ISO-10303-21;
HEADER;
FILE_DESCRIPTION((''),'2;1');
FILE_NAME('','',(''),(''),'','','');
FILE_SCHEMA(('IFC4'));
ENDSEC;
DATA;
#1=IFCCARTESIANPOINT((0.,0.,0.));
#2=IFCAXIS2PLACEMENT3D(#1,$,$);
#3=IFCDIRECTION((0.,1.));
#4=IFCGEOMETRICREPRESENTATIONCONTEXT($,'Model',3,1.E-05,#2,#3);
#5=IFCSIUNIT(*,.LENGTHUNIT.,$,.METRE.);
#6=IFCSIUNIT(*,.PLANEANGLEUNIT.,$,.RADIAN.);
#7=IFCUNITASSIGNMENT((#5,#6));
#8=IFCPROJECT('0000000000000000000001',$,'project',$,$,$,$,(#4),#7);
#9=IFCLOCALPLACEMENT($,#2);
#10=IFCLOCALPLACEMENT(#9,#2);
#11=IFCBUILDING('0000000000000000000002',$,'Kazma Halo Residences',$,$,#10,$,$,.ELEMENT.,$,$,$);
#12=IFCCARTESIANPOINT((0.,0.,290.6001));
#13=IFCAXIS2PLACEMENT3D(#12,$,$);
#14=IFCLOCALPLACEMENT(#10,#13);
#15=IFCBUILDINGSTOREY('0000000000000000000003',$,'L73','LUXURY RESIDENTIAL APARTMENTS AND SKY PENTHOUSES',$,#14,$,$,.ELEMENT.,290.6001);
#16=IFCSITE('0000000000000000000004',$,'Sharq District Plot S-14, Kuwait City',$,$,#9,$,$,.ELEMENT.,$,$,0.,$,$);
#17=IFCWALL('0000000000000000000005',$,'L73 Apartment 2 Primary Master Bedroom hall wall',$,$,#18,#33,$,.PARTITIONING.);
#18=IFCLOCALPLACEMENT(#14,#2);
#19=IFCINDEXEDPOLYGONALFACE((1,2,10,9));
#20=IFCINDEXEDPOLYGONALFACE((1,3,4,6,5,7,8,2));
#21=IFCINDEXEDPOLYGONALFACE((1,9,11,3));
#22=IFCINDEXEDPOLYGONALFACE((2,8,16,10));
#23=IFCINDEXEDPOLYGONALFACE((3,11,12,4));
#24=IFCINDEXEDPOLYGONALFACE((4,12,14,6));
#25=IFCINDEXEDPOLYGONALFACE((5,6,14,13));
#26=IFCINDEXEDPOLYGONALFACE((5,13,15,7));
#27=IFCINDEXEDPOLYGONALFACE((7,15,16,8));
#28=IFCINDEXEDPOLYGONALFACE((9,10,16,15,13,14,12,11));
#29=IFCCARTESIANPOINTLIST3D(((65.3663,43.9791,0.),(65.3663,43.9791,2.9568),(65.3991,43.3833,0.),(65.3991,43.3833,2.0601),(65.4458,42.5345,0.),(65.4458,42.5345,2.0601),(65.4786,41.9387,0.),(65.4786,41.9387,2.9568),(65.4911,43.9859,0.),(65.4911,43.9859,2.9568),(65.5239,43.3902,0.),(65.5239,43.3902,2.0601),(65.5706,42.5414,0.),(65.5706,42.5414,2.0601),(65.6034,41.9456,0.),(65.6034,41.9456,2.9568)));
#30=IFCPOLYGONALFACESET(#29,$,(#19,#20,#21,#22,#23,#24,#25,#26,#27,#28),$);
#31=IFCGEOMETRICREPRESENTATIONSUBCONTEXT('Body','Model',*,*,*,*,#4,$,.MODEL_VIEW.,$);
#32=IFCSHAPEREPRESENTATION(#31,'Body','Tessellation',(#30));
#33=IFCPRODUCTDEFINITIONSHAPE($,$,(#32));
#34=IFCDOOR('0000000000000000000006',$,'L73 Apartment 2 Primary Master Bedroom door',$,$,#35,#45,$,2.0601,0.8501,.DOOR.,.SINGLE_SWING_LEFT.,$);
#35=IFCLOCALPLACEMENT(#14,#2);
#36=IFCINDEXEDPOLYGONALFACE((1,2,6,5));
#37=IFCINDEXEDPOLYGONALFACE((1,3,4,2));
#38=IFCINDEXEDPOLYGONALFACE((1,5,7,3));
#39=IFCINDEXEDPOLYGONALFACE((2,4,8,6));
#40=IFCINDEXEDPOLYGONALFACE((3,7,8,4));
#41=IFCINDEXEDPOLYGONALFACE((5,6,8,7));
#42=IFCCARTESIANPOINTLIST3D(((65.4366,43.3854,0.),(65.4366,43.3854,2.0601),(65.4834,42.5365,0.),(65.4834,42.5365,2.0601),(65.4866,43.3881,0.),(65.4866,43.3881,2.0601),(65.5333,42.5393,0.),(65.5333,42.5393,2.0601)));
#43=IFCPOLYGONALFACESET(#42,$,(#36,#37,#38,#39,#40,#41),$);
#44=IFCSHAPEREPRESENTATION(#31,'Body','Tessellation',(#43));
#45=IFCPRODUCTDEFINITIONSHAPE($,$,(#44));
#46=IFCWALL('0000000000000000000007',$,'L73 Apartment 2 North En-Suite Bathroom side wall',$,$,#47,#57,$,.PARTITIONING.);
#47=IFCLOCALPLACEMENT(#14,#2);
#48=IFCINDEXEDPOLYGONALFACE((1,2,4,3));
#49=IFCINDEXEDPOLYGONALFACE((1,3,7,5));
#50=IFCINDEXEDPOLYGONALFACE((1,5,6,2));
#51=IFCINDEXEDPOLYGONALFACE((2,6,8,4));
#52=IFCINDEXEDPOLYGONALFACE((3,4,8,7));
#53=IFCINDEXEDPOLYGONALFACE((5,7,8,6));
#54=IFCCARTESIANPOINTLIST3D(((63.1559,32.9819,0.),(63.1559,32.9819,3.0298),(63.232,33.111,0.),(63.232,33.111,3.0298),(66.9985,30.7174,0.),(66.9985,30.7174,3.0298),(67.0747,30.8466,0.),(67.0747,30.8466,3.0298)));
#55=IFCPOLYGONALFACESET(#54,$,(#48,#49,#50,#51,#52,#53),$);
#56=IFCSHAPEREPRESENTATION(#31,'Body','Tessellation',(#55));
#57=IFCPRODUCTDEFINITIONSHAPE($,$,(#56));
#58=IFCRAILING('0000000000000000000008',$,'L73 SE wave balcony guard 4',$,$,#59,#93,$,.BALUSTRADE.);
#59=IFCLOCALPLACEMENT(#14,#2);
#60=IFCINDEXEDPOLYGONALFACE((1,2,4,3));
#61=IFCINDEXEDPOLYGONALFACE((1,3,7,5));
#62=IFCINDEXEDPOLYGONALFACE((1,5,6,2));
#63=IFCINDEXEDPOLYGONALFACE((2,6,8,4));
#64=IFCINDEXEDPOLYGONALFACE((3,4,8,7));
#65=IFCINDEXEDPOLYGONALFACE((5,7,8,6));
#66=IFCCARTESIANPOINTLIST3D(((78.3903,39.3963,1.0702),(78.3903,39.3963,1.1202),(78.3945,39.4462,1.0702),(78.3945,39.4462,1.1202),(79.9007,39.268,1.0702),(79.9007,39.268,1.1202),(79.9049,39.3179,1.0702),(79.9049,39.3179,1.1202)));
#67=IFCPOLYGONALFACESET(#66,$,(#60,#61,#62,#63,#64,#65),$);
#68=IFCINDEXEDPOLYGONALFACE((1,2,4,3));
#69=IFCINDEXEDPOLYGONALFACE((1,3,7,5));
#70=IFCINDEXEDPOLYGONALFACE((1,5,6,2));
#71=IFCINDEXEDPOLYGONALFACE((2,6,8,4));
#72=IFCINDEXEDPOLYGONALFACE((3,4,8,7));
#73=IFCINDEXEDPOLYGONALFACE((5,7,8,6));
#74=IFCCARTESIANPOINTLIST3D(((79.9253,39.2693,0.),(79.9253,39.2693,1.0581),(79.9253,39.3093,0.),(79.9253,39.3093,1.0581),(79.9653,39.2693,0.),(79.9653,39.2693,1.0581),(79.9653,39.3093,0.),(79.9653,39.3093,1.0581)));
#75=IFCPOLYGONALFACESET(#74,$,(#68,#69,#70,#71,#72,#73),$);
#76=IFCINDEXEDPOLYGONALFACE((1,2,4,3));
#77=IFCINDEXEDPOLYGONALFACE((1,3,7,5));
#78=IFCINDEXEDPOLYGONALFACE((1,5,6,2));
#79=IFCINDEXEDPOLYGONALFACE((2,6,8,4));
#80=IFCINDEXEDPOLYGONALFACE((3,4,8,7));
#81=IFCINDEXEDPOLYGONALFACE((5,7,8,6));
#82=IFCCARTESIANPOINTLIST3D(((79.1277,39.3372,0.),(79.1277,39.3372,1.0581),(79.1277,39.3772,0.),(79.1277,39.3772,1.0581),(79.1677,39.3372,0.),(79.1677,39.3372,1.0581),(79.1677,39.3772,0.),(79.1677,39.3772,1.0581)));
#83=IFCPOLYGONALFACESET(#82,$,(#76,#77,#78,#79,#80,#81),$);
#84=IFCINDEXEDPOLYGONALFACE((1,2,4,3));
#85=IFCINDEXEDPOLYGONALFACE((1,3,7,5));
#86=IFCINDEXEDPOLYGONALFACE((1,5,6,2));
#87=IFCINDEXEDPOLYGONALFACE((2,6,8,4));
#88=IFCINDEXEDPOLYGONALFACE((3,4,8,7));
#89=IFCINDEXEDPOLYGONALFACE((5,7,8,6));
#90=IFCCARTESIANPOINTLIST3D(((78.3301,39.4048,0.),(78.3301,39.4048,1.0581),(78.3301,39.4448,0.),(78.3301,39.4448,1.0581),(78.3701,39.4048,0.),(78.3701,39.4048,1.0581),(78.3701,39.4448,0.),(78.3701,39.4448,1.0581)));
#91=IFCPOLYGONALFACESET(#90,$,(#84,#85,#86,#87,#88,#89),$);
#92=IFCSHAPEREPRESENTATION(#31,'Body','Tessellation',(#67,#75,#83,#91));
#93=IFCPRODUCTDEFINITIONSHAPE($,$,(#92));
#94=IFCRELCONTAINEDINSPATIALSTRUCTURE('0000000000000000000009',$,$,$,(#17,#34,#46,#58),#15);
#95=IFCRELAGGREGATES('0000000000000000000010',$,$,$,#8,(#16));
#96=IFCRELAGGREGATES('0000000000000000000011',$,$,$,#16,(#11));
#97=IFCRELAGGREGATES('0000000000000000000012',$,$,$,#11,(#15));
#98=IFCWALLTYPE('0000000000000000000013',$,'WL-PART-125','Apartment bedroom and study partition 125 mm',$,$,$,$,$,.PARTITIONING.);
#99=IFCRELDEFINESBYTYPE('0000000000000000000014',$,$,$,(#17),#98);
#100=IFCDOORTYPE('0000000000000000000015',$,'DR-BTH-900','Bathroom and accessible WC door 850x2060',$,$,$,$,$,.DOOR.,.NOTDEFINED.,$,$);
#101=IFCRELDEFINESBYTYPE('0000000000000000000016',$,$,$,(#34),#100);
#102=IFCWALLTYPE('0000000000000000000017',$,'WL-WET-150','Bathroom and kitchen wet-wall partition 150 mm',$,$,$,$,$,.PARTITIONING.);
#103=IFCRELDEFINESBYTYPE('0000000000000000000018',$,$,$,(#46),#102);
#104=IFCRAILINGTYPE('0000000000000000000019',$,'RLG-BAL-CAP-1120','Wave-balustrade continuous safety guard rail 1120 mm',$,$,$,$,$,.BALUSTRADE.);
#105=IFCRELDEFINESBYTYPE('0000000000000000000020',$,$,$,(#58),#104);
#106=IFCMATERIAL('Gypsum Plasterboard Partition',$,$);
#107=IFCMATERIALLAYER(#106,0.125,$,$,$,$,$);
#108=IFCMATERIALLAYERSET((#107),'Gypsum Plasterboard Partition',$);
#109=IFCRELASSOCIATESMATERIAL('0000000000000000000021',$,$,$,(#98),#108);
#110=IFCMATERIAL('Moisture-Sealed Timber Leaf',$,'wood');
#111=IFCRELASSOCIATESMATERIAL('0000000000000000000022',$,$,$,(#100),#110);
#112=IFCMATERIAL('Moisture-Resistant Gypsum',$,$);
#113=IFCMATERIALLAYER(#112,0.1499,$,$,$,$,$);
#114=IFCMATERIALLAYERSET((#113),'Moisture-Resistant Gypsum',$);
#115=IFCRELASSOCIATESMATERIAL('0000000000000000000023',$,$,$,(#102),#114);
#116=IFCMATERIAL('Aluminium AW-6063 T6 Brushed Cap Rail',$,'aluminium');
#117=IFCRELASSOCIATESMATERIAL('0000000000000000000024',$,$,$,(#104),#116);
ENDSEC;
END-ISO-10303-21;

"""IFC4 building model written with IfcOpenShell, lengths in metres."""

from ifc_helpers import new_model, si_unit, direction, frame, frame_2d, origin, origin_2d, place, context, subcontext, project, spatial, rectangle, extrude, material, layer, layer_set, type_object, element, fill, save


model = new_model("IFC4")

# Units and contexts
model_context = context("Model", 3, precision=1e-05, world=origin(), true_north=direction((0.0, 1.0)))
body_context = subcontext(model_context, "Body", "Model", "MODEL_VIEW")
ifc_project = project(units=[si_unit("LENGTHUNIT", "METRE"), si_unit("PLANEANGLEUNIT", "RADIAN")], contexts=[model_context])

# Site, building, storey
site_placement = place(None, origin())
site = spatial("IfcSite", under=ifc_project, at=site_placement, Name="Sharq District Plot S-14, Kuwait City", CompositionType="ELEMENT", RefElevation=0.0)
building_placement = place(site_placement, origin())
building = spatial("IfcBuilding", under=site, at=building_placement, Name="Kazma Halo Residences", CompositionType="ELEMENT")
storey_placement = place(building_placement, frame((0.0, 0.0, 290.6001)))
storey = spatial("IfcBuildingStorey", under=building, at=storey_placement, Name="L73", Description="LUXURY RESIDENTIAL APARTMENTS AND SKY PENTHOUSES", CompositionType="ELEMENT", Elevation=290.6001)

# Shared definitions
ifc_material_1 = material(Name="Gypsum Plasterboard Partition")
ifc_layer_1 = layer(ifc_material_1, 0.125)
ifc_layer_set_1 = layer_set([ifc_layer_1], Name="Gypsum Plasterboard Partition")
wall_type_1 = type_object("IfcWallType", Name="WL-PART-125", Description="Apartment bedroom and study partition 125 mm", PredefinedType="PARTITIONING", material=ifc_layer_set_1)

# Shared definitions
ifc_material_2 = material(Name="Moisture-Sealed Timber Leaf", Category="wood")
door_type = type_object("IfcDoorType", Name="DR-BTH-900", Description="Bathroom and accessible WC door 850x2060", OperationType="NOTDEFINED", PredefinedType="DOOR", material=ifc_material_2)

# Wall, opening, door
wall_1_placement = place(storey_placement, frame((65.541, 41.9421, 0.0), z_axis=(0.0, 0.0, 1.0), x_axis=(-0.05496, 0.998489, 0.0)))
wall_1 = element("IfcWall", 1, at=wall_1_placement, inside=storey, type_object=wall_type_1, Name="L73 Apartment 2 Primary Master Bedroom hall wall", PredefinedType="PARTITIONING", context=body_context, shape_type="SweptSolid", body=[
    extrude(rectangle(XDim=2.0435, YDim=0.125, at=frame_2d((1.0217, 0.0))), origin(), (0.0, 0.0, 1.0), 2.9568),
])
opening_1_placement = place(wall_1_placement, frame((0.5967, 0.0, 0.0)))
opening_1 = element("IfcOpeningElement", 2, at=opening_1_placement, cuts=wall_1, PredefinedType="OPENING", context=body_context, shape_type="SweptSolid", body=[
    extrude(rectangle(XDim=0.8501, YDim=2.0601, at=frame_2d((0.425, 1.03))), frame((0.0, 0.0725, 0.0), z_axis=(0.0, -1.0, 0.0), x_axis=(1.0, 0.0, 0.0)), (0.0, 0.0, 1.0), 0.145),
])
door_1_placement = place(opening_1_placement, origin())
door_1 = element("IfcDoor", 3, at=door_1_placement, inside=storey, type_object=door_type, Name="L73 Apartment 2 Primary Master Bedroom door", OperationType="SINGLE_SWING_LEFT", OverallHeight=2.0601, OverallWidth=0.8501, PredefinedType="DOOR", context=body_context, shape_type="SweptSolid", body=[
    extrude(rectangle(XDim=0.8501, YDim=2.0601, at=frame_2d((0.425, 1.03))), frame((0.0, 0.0249, 0.0), z_axis=(0.0, -1.0, 0.0), x_axis=(1.0, 0.0, 0.0)), (0.0, 0.0, 1.0), 0.05),
])
fill(opening_1, door_1)

# Wall
ifc_material_3 = material(Name="Moisture-Resistant Gypsum")
ifc_layer_2 = layer(ifc_material_3, 0.1499)
ifc_layer_set_2 = layer_set([ifc_layer_2], Name="Moisture-Resistant Gypsum")
wall_type_2 = type_object("IfcWallType", Name="WL-WET-150", Description="Bathroom and kitchen wet-wall partition 150 mm", PredefinedType="PARTITIONING", material=ifc_layer_set_2)
wall_2_placement = place(storey_placement, frame((63.1941, 33.0464, 0.0), z_axis=(0.0, 0.0, 1.0), x_axis=(0.861533, -0.507702, 0.0)))
element("IfcWall", 4, at=wall_2_placement, inside=storey, type_object=wall_type_2, Name="L73 Apartment 2 North En-Suite Bathroom side wall", PredefinedType="PARTITIONING", context=body_context, shape_type="SweptSolid", body=[
    extrude(rectangle(XDim=4.4602, YDim=0.1499, at=frame_2d((2.23, 0.0))), origin(), (0.0, 0.0, 1.0), 3.0298),
])

# Railing
ifc_material_4 = material(Name="Aluminium AW-6063 T6 Brushed Cap Rail", Category="aluminium")
railing_type = type_object("IfcRailingType", Name="RLG-BAL-CAP-1120", Description="Wave-balustrade continuous safety guard rail 1120 mm", PredefinedType="BALUSTRADE", material=ifc_material_4)
railing_placement = place(storey_placement, frame((79.9453, 39.2893, 0.0)))
element("IfcRailing", 5, at=railing_placement, inside=storey, type_object=railing_type, Name="L73 SE wave balcony guard 4", PredefinedType="BALUSTRADE", context=body_context, shape_type="SweptSolid", body=[
    extrude(rectangle(XDim=0.05, YDim=0.05, at=origin_2d()), frame((-0.0425, 0.0037, 1.0952), z_axis=(-0.996412, 0.084636, 0.0), x_axis=(-0.084636, -0.996412, 0.0)), (0.0, 0.0, 1.0), 1.5159),
    extrude(rectangle(XDim=0.04, YDim=0.04, at=origin_2d()), origin(), (0.0, 0.0, 1.0), 1.0581),
    extrude(rectangle(XDim=0.04, YDim=0.04, at=origin_2d()), frame((-0.7976, 0.0679, 0.0)), (0.0, 0.0, 1.0), 1.0581),
    extrude(rectangle(XDim=0.04, YDim=0.04, at=origin_2d()), frame((-1.5952, 0.1355, 0.0)), (0.0, 0.0, 1.0), 1.0581),
])

save(model, "model.ifc")
